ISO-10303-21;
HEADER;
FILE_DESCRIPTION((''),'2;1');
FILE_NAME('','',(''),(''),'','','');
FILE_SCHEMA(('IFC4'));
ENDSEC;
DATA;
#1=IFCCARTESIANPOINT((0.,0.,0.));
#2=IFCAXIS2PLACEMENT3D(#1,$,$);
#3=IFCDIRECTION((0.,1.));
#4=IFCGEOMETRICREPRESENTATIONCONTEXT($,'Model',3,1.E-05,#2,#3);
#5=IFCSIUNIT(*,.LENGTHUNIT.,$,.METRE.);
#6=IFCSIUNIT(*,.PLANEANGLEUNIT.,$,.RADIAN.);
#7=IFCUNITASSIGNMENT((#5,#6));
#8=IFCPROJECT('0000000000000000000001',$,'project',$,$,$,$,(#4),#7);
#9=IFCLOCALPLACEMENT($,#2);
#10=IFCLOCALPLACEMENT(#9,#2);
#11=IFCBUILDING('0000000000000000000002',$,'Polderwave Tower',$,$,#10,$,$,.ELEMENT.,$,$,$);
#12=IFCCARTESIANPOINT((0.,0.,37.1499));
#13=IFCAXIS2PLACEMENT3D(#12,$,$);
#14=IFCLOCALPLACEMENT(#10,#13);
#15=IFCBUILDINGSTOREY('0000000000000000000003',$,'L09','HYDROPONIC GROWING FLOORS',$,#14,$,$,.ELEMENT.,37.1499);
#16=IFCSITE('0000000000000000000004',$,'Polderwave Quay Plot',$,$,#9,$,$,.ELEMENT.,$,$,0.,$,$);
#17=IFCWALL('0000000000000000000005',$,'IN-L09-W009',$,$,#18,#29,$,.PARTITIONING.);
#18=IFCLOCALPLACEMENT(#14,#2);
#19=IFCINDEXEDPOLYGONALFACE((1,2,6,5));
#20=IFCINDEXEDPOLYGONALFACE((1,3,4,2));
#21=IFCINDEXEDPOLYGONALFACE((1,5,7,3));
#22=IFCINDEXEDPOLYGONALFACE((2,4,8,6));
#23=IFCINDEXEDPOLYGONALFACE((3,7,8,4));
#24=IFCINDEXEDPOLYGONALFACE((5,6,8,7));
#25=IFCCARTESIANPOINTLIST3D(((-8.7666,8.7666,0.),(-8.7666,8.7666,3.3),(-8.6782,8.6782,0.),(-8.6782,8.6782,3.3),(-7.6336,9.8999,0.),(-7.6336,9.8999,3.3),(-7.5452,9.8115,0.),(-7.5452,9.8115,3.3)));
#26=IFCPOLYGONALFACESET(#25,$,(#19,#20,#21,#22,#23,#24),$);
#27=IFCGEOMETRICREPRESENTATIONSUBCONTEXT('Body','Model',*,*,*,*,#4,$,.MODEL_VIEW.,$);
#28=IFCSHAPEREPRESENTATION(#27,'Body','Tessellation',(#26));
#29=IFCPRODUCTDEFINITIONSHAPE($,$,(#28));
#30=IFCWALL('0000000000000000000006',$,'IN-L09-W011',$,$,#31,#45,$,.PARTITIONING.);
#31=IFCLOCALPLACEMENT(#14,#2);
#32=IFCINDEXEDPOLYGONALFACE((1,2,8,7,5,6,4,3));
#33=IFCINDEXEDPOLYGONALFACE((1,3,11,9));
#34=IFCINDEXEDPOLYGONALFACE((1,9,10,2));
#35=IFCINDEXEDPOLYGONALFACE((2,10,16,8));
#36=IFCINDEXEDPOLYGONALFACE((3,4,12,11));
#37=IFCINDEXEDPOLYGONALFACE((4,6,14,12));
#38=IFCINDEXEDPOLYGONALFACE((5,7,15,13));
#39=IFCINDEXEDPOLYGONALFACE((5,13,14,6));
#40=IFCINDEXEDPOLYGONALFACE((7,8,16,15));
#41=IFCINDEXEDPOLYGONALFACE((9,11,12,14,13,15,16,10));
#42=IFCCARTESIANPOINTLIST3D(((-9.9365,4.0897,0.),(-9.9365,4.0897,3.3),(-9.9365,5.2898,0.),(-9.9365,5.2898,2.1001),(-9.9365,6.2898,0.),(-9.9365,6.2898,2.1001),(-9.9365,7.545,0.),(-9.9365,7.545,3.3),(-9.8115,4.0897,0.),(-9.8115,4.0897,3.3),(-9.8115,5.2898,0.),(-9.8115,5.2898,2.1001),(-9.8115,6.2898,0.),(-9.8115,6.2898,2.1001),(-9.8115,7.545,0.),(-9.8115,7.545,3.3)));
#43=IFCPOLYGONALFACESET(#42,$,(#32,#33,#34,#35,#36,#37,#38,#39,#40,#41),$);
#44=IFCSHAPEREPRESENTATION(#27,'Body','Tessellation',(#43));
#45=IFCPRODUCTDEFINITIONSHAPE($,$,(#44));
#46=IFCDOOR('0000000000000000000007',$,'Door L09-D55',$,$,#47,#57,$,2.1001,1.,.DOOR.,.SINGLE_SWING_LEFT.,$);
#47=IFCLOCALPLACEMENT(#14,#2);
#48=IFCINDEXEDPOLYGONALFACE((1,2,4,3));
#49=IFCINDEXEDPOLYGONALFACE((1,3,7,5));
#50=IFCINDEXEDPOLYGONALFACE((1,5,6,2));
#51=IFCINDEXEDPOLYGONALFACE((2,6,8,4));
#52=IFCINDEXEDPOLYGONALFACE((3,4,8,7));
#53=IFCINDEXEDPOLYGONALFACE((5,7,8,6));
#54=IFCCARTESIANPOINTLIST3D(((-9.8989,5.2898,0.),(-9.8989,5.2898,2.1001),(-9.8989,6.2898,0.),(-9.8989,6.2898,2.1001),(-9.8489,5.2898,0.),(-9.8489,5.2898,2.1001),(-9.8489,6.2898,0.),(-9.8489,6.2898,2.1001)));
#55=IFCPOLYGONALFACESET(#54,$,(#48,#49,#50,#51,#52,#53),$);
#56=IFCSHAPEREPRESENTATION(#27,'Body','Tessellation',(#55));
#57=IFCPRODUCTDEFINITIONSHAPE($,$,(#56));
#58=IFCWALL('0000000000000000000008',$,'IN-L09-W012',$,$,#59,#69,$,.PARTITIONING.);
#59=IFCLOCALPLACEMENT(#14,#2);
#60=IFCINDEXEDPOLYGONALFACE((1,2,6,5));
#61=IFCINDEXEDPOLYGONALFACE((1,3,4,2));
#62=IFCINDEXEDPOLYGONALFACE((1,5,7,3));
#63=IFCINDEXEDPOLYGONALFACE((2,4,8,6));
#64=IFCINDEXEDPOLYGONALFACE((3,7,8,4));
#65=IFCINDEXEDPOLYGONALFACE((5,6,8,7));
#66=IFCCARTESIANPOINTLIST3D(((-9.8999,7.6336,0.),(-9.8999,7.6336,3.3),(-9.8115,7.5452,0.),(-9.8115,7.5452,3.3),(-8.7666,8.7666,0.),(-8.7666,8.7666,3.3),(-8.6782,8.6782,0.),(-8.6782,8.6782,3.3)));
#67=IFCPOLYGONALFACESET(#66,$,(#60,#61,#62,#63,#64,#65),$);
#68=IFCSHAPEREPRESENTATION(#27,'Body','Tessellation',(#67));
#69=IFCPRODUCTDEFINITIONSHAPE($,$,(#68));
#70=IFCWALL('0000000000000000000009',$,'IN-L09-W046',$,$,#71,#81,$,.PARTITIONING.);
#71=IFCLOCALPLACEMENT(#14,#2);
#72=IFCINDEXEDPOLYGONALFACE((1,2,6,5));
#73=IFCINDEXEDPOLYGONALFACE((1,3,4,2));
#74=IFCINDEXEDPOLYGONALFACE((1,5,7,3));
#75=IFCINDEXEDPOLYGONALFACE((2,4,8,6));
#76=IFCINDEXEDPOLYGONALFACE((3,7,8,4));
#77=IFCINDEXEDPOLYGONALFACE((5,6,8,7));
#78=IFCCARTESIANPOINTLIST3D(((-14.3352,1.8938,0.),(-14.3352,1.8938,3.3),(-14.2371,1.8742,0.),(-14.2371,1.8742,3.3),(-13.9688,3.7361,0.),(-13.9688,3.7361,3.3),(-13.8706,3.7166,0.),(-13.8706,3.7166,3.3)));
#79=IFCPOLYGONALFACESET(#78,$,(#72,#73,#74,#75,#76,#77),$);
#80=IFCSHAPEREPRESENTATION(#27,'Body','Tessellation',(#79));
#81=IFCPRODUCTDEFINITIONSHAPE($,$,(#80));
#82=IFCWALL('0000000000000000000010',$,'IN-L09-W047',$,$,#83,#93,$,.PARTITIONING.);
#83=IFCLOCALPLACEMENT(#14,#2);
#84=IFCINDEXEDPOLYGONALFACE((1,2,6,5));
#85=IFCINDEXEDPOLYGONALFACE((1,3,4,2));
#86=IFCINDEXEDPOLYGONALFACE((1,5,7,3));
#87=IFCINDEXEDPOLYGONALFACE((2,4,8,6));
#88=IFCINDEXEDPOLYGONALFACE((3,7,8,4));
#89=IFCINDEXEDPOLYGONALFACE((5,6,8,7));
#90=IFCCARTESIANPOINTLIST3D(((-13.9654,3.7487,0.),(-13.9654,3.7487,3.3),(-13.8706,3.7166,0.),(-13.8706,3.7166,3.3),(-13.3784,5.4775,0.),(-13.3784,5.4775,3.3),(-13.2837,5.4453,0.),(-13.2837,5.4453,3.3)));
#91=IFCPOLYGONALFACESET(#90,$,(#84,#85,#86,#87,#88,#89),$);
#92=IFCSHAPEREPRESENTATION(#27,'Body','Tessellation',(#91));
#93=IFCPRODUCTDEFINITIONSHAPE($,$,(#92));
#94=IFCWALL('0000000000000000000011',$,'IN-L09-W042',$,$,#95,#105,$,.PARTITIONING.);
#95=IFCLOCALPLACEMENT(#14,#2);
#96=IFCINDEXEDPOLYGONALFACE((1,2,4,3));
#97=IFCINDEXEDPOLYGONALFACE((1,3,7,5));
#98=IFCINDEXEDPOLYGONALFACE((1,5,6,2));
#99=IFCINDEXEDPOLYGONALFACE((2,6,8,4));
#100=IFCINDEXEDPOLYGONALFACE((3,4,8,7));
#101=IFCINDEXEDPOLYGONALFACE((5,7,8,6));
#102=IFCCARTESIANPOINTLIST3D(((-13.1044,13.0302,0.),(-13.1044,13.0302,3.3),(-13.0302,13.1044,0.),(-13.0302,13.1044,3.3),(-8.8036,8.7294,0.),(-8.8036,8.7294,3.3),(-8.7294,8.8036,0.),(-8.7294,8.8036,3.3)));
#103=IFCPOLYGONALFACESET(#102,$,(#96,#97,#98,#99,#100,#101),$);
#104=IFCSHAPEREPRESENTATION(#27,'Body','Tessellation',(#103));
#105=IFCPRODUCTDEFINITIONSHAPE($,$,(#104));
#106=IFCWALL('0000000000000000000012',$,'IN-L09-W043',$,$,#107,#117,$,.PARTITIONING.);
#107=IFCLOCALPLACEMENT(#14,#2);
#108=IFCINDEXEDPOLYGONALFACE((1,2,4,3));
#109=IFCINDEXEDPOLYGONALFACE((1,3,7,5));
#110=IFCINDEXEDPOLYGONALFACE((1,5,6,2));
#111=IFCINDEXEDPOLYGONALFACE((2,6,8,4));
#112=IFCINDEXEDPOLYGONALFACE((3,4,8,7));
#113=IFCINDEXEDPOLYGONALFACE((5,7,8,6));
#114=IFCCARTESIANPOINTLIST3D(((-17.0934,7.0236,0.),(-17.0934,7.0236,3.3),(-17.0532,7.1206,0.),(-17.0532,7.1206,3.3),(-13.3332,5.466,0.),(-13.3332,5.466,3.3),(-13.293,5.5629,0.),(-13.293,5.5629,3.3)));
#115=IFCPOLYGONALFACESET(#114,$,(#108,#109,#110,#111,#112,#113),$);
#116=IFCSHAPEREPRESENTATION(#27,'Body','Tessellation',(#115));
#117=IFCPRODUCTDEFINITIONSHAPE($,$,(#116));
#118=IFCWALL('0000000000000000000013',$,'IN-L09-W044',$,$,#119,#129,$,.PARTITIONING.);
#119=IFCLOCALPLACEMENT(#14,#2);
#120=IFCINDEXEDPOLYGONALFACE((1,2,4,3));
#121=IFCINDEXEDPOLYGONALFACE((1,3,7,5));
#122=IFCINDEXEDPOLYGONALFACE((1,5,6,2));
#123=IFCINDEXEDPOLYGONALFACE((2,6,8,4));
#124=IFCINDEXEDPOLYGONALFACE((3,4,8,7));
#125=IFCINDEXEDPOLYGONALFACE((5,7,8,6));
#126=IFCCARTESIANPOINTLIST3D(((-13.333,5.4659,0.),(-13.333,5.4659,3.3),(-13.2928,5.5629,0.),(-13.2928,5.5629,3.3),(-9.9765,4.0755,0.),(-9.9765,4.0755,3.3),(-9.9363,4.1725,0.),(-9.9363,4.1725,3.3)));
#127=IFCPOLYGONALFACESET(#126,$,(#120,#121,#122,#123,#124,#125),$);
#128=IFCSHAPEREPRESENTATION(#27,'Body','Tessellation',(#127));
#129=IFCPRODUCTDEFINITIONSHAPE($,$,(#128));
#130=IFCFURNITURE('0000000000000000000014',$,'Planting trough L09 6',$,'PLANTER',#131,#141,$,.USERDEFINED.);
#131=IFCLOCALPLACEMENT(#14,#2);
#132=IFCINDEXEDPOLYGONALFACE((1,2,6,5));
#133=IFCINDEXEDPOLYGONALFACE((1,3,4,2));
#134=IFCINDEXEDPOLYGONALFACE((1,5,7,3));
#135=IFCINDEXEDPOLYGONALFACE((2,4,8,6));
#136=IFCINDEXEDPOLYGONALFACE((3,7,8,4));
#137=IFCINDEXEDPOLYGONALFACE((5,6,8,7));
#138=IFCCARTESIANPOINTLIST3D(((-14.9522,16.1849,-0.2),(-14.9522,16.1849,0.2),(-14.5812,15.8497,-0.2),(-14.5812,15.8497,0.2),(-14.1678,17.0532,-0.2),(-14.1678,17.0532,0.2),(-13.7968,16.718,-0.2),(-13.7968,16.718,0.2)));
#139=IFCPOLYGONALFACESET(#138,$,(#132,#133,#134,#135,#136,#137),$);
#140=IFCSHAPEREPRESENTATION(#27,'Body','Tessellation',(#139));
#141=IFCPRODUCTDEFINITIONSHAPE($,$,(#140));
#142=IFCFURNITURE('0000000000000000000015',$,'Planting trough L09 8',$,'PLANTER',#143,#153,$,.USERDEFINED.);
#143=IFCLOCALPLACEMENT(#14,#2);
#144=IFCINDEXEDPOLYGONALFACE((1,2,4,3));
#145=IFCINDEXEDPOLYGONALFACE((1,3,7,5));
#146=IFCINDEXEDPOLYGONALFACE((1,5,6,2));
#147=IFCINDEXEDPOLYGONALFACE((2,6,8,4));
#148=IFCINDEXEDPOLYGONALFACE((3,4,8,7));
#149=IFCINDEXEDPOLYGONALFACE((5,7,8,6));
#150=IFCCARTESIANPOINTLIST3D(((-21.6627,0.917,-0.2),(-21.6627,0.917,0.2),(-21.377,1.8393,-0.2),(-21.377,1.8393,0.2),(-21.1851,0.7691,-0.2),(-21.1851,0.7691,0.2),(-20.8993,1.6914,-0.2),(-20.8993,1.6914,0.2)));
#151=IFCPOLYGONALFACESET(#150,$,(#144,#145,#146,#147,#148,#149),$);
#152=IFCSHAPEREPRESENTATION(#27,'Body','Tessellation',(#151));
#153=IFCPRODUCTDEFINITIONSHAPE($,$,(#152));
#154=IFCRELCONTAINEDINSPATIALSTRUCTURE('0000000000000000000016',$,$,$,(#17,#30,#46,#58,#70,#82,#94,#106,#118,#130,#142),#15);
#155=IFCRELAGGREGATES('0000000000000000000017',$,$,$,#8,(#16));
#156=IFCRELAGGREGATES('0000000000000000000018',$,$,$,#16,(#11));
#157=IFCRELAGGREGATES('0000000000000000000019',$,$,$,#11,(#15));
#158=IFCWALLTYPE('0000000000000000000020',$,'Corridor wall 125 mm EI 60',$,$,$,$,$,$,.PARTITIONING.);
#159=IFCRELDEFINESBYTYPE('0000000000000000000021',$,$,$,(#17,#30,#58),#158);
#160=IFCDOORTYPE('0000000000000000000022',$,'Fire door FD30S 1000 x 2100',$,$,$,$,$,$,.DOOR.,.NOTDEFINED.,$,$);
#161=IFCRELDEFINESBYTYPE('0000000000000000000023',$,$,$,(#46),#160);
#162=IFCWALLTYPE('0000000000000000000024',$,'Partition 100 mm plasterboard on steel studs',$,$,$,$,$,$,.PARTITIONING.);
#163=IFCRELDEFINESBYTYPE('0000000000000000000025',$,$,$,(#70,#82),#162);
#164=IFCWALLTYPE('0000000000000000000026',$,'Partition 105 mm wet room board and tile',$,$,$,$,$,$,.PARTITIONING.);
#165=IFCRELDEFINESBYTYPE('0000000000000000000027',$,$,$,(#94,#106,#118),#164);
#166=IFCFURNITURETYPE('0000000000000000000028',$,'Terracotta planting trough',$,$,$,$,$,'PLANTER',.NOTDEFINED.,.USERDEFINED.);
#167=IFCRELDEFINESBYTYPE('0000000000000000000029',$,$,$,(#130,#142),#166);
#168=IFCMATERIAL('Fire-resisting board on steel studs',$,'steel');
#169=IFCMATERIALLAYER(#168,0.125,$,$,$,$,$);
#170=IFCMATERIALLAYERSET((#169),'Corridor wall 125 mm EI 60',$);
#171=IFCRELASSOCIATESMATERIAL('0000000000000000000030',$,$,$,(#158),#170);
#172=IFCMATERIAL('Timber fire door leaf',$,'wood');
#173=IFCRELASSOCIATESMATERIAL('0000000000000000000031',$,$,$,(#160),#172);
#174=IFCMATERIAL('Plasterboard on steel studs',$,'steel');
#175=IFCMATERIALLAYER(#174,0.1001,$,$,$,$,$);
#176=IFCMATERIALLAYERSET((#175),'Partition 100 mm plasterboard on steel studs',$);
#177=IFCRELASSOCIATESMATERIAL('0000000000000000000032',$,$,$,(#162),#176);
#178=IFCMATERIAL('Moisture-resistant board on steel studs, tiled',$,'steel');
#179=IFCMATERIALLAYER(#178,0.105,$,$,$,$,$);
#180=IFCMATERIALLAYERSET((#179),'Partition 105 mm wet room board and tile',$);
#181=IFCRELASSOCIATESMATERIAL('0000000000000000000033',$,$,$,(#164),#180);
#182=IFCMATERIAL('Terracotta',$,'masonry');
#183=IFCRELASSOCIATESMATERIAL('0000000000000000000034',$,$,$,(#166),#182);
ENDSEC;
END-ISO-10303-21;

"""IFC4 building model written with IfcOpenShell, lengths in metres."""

from ifc_helpers import new_model, si_unit, direction, frame, frame_2d, origin, origin_2d, place, context, subcontext, project, spatial, rectangle, extrude, material, layer, layer_set, type_object, element, fill, save


model = new_model("IFC4")

# Units and contexts
model_context = context("Model", 3, precision=1e-05, world=origin(), true_north=direction((0.0, 1.0)))
body_context = subcontext(model_context, "Body", "Model", "MODEL_VIEW")
ifc_project = project(units=[si_unit("LENGTHUNIT", "METRE"), si_unit("PLANEANGLEUNIT", "RADIAN")], contexts=[model_context])

# Site, building, storey
site_placement = place(None, origin())
site = spatial("IfcSite", under=ifc_project, at=site_placement, Name="Polderwave Quay Plot", CompositionType="ELEMENT", RefElevation=0.0)
building_placement = place(site_placement, origin())
building = spatial("IfcBuilding", under=site, at=building_placement, Name="Polderwave Tower", CompositionType="ELEMENT")
storey_placement = place(building_placement, frame((0.0, 0.0, 37.1499)))
storey = spatial("IfcBuildingStorey", under=building, at=storey_placement, Name="L09", Description="HYDROPONIC GROWING FLOORS", CompositionType="ELEMENT", Elevation=37.1499)

# Wall
ifc_material_1 = material(Name="Fire-resisting board on steel studs", Category="steel")
ifc_layer_1 = layer(ifc_material_1, 0.125)
ifc_layer_set_1 = layer_set([ifc_layer_1], Name="Corridor wall 125 mm EI 60")
wall_type_1 = type_object("IfcWallType", Name="Corridor wall 125 mm EI 60", PredefinedType="PARTITIONING", material=ifc_layer_set_1)
wall_1_placement = place(storey_placement, frame((-8.7224, 8.7224, 0.0), z_axis=(0.0, 0.0, 1.0), x_axis=(0.707031, 0.707183, 0.0)))
element("IfcWall", 1, at=wall_1_placement, inside=storey, type_object=wall_type_1, Name="IN-L09-W009", PredefinedType="PARTITIONING", context=body_context, shape_type="SweptSolid", body=[
    extrude(rectangle(XDim=1.6025, YDim=0.125, at=frame_2d((0.8013, 0.0))), origin(), (0.0, 0.0, 1.0), 3.3),
])

# Wall, opening, door
wall_2_placement = place(storey_placement, frame((-9.874, 4.0898, 0.0), z_axis=(0.0, 0.0, 1.0), x_axis=(0.0, 1.0, 0.0)))
wall_2 = element("IfcWall", 2, at=wall_2_placement, inside=storey, type_object=wall_type_1, Name="IN-L09-W011", PredefinedType="PARTITIONING", context=body_context, shape_type="SweptSolid", body=[
    extrude(rectangle(XDim=3.4553, YDim=0.125, at=frame_2d((1.7275, 0.0))), origin(), (0.0, 0.0, 1.0), 3.3),
])
opening_placement = place(wall_2_placement, frame((1.2, 0.0, 0.0)))
opening = element("IfcOpeningElement", 3, at=opening_placement, cuts=wall_2, PredefinedType="OPENING", context=body_context, shape_type="SweptSolid", body=[
    extrude(rectangle(XDim=1.0, YDim=2.1001, at=frame_2d((0.5, 1.05))), frame((0.0, 0.0725, 0.0), z_axis=(0.0, -1.0, 0.0), x_axis=(1.0, 0.0, 0.0)), (0.0, 0.0, 1.0), 0.145),
])
ifc_material_2 = material(Name="Timber fire door leaf", Category="wood")
door_type = type_object("IfcDoorType", Name="Fire door FD30S 1000 x 2100", OperationType="NOTDEFINED", PredefinedType="DOOR", material=ifc_material_2)
door_placement = place(opening_placement, origin())
door = element("IfcDoor", 4, at=door_placement, inside=storey, type_object=door_type, Name="Door L09-D55", OperationType="SINGLE_SWING_LEFT", OverallHeight=2.1001, OverallWidth=1.0, PredefinedType="DOOR", context=body_context, shape_type="SweptSolid", body=[
    extrude(rectangle(XDim=1.0, YDim=2.1001, at=frame_2d((0.5, 1.05))), frame((0.0, 0.0249, 0.0), z_axis=(0.0, -1.0, 0.0), x_axis=(1.0, 0.0, 0.0)), (0.0, 0.0, 1.0), 0.05),
])
fill(opening, door)

# Walls
wall_3_placement = place(storey_placement, frame((-9.8557, 7.5894, 0.0), z_axis=(0.0, 0.0, 1.0), x_axis=(0.707183, 0.707031, 0.0)))
element("IfcWall", 5, at=wall_3_placement, inside=storey, type_object=wall_type_1, Name="IN-L09-W012", PredefinedType="PARTITIONING", context=body_context, shape_type="SweptSolid", body=[
    extrude(rectangle(XDim=1.6025, YDim=0.125, at=frame_2d((0.8013, 0.0))), origin(), (0.0, 0.0, 1.0), 3.3),
])
ifc_material_3 = material(Name="Plasterboard on steel studs", Category="steel")
ifc_layer_2 = layer(ifc_material_3, 0.1001)
ifc_layer_set_2 = layer_set([ifc_layer_2], Name="Partition 100 mm plasterboard on steel studs")
wall_type_2 = type_object("IfcWallType", Name="Partition 100 mm plasterboard on steel studs", PredefinedType="PARTITIONING", material=ifc_layer_set_2)
wall_4_placement = place(storey_placement, frame((-13.9197, 3.7263, 0.0), z_axis=(0.0, 0.0, 1.0), x_axis=(-0.195091, -0.980785, 0.0)))
element("IfcWall", 6, at=wall_4_placement, inside=storey, type_object=wall_type_2, Name="IN-L09-W046", PredefinedType="PARTITIONING", context=body_context, shape_type="SweptSolid", body=[
    extrude(rectangle(XDim=1.8784, YDim=0.1001, at=frame_2d((0.9392, 0.0))), origin(), (0.0, 0.0, 1.0), 3.3),
])
wall_5_placement = place(storey_placement, frame((-13.3311, 5.4614, 0.0), z_axis=(0.0, 0.0, 1.0), x_axis=(-0.321478, -0.946917, 0.0)))
element("IfcWall", 7, at=wall_5_placement, inside=storey, type_object=wall_type_2, Name="IN-L09-W047", PredefinedType="PARTITIONING", context=body_context, shape_type="SweptSolid", body=[
    extrude(rectangle(XDim=1.8257, YDim=0.1001, at=frame_2d((0.9128, 0.0))), origin(), (0.0, 0.0, 1.0), 3.3),
])
ifc_material_4 = material(Name="Moisture-resistant board on steel studs, tiled", Category="steel")
ifc_layer_3 = layer(ifc_material_4, 0.105)
ifc_layer_set_3 = layer_set([ifc_layer_3], Name="Partition 105 mm wet room board and tile")
wall_type_3 = type_object("IfcWallType", Name="Partition 105 mm wet room board and tile", PredefinedType="PARTITIONING", material=ifc_layer_set_3)
wall_6_placement = place(storey_placement, frame((-8.7666, 8.7666, 0.0), z_axis=(0.0, 0.0, 1.0), x_axis=(-0.707107, 0.707107, 0.0)))
element("IfcWall", 8, at=wall_6_placement, inside=storey, type_object=wall_type_3, Name="IN-L09-W042", PredefinedType="PARTITIONING", context=body_context, shape_type="SweptSolid", body=[
    extrude(rectangle(XDim=6.0823, YDim=0.105, at=frame_2d((3.041, 0.0))), origin(), (0.0, 0.0, 1.0), 3.3),
])
wall_7_placement = place(storey_placement, frame((-13.313, 5.5144, 0.0), z_axis=(0.0, 0.0, 1.0), x_axis=(-0.923874, 0.382698, 0.0)))
element("IfcWall", 9, at=wall_7_placement, inside=storey, type_object=wall_type_3, Name="IN-L09-W043", PredefinedType="PARTITIONING", context=body_context, shape_type="SweptSolid", body=[
    extrude(rectangle(XDim=4.0701, YDim=0.105, at=frame_2d((2.0352, 0.0))), origin(), (0.0, 0.0, 1.0), 3.3),
])
wall_8_placement = place(storey_placement, frame((-9.9565, 4.124, 0.0), z_axis=(0.0, 0.0, 1.0), x_axis=(-0.92387, 0.382706, 0.0)))
element("IfcWall", 10, at=wall_8_placement, inside=storey, type_object=wall_type_3, Name="IN-L09-W044", PredefinedType="PARTITIONING", context=body_context, shape_type="SweptSolid", body=[
    extrude(rectangle(XDim=3.6331, YDim=0.105, at=frame_2d((1.8164, 0.0))), origin(), (0.0, 0.0, 1.0), 3.3),
])

# Furniture
ifc_material_5 = material(Name="Terracotta", Category="masonry")
furniture_type = type_object("IfcFurnitureType", Name="Terracotta planting trough", ElementType="PLANTER", AssemblyPlace="NOTDEFINED", PredefinedType="USERDEFINED", material=ifc_material_5)
furniture_1_placement = place(storey_placement, frame((-14.3745, 16.4514, -0.2), z_axis=(0.0, 0.0, 1.0), x_axis=(-0.670364, -0.742032, 0.0)))
element("IfcFurniture", 11, at=furniture_1_placement, inside=storey, type_object=furniture_type, Name="Planting trough L09 6", ObjectType="PLANTER", PredefinedType="USERDEFINED", context=body_context, shape_type="SweptSolid", body=[
    extrude(rectangle(XDim=1.1702, YDim=0.5, at=origin_2d()), origin(), (0.0, 0.0, 1.0), 0.3999),
])
furniture_2_placement = place(storey_placement, frame((-21.281, 1.3042, -0.2), z_axis=(0.0, 0.0, 1.0), x_axis=(-0.295893, -0.955221, 0.0)))
element("IfcFurniture", 12, at=furniture_2_placement, inside=storey, type_object=furniture_type, Name="Planting trough L09 8", ObjectType="PLANTER", PredefinedType="USERDEFINED", context=body_context, shape_type="SweptSolid", body=[
    extrude(rectangle(XDim=0.9656, YDim=0.5, at=origin_2d()), origin(), (0.0, 0.0, 1.0), 0.3999),
])

save(model, "model.ifc")
